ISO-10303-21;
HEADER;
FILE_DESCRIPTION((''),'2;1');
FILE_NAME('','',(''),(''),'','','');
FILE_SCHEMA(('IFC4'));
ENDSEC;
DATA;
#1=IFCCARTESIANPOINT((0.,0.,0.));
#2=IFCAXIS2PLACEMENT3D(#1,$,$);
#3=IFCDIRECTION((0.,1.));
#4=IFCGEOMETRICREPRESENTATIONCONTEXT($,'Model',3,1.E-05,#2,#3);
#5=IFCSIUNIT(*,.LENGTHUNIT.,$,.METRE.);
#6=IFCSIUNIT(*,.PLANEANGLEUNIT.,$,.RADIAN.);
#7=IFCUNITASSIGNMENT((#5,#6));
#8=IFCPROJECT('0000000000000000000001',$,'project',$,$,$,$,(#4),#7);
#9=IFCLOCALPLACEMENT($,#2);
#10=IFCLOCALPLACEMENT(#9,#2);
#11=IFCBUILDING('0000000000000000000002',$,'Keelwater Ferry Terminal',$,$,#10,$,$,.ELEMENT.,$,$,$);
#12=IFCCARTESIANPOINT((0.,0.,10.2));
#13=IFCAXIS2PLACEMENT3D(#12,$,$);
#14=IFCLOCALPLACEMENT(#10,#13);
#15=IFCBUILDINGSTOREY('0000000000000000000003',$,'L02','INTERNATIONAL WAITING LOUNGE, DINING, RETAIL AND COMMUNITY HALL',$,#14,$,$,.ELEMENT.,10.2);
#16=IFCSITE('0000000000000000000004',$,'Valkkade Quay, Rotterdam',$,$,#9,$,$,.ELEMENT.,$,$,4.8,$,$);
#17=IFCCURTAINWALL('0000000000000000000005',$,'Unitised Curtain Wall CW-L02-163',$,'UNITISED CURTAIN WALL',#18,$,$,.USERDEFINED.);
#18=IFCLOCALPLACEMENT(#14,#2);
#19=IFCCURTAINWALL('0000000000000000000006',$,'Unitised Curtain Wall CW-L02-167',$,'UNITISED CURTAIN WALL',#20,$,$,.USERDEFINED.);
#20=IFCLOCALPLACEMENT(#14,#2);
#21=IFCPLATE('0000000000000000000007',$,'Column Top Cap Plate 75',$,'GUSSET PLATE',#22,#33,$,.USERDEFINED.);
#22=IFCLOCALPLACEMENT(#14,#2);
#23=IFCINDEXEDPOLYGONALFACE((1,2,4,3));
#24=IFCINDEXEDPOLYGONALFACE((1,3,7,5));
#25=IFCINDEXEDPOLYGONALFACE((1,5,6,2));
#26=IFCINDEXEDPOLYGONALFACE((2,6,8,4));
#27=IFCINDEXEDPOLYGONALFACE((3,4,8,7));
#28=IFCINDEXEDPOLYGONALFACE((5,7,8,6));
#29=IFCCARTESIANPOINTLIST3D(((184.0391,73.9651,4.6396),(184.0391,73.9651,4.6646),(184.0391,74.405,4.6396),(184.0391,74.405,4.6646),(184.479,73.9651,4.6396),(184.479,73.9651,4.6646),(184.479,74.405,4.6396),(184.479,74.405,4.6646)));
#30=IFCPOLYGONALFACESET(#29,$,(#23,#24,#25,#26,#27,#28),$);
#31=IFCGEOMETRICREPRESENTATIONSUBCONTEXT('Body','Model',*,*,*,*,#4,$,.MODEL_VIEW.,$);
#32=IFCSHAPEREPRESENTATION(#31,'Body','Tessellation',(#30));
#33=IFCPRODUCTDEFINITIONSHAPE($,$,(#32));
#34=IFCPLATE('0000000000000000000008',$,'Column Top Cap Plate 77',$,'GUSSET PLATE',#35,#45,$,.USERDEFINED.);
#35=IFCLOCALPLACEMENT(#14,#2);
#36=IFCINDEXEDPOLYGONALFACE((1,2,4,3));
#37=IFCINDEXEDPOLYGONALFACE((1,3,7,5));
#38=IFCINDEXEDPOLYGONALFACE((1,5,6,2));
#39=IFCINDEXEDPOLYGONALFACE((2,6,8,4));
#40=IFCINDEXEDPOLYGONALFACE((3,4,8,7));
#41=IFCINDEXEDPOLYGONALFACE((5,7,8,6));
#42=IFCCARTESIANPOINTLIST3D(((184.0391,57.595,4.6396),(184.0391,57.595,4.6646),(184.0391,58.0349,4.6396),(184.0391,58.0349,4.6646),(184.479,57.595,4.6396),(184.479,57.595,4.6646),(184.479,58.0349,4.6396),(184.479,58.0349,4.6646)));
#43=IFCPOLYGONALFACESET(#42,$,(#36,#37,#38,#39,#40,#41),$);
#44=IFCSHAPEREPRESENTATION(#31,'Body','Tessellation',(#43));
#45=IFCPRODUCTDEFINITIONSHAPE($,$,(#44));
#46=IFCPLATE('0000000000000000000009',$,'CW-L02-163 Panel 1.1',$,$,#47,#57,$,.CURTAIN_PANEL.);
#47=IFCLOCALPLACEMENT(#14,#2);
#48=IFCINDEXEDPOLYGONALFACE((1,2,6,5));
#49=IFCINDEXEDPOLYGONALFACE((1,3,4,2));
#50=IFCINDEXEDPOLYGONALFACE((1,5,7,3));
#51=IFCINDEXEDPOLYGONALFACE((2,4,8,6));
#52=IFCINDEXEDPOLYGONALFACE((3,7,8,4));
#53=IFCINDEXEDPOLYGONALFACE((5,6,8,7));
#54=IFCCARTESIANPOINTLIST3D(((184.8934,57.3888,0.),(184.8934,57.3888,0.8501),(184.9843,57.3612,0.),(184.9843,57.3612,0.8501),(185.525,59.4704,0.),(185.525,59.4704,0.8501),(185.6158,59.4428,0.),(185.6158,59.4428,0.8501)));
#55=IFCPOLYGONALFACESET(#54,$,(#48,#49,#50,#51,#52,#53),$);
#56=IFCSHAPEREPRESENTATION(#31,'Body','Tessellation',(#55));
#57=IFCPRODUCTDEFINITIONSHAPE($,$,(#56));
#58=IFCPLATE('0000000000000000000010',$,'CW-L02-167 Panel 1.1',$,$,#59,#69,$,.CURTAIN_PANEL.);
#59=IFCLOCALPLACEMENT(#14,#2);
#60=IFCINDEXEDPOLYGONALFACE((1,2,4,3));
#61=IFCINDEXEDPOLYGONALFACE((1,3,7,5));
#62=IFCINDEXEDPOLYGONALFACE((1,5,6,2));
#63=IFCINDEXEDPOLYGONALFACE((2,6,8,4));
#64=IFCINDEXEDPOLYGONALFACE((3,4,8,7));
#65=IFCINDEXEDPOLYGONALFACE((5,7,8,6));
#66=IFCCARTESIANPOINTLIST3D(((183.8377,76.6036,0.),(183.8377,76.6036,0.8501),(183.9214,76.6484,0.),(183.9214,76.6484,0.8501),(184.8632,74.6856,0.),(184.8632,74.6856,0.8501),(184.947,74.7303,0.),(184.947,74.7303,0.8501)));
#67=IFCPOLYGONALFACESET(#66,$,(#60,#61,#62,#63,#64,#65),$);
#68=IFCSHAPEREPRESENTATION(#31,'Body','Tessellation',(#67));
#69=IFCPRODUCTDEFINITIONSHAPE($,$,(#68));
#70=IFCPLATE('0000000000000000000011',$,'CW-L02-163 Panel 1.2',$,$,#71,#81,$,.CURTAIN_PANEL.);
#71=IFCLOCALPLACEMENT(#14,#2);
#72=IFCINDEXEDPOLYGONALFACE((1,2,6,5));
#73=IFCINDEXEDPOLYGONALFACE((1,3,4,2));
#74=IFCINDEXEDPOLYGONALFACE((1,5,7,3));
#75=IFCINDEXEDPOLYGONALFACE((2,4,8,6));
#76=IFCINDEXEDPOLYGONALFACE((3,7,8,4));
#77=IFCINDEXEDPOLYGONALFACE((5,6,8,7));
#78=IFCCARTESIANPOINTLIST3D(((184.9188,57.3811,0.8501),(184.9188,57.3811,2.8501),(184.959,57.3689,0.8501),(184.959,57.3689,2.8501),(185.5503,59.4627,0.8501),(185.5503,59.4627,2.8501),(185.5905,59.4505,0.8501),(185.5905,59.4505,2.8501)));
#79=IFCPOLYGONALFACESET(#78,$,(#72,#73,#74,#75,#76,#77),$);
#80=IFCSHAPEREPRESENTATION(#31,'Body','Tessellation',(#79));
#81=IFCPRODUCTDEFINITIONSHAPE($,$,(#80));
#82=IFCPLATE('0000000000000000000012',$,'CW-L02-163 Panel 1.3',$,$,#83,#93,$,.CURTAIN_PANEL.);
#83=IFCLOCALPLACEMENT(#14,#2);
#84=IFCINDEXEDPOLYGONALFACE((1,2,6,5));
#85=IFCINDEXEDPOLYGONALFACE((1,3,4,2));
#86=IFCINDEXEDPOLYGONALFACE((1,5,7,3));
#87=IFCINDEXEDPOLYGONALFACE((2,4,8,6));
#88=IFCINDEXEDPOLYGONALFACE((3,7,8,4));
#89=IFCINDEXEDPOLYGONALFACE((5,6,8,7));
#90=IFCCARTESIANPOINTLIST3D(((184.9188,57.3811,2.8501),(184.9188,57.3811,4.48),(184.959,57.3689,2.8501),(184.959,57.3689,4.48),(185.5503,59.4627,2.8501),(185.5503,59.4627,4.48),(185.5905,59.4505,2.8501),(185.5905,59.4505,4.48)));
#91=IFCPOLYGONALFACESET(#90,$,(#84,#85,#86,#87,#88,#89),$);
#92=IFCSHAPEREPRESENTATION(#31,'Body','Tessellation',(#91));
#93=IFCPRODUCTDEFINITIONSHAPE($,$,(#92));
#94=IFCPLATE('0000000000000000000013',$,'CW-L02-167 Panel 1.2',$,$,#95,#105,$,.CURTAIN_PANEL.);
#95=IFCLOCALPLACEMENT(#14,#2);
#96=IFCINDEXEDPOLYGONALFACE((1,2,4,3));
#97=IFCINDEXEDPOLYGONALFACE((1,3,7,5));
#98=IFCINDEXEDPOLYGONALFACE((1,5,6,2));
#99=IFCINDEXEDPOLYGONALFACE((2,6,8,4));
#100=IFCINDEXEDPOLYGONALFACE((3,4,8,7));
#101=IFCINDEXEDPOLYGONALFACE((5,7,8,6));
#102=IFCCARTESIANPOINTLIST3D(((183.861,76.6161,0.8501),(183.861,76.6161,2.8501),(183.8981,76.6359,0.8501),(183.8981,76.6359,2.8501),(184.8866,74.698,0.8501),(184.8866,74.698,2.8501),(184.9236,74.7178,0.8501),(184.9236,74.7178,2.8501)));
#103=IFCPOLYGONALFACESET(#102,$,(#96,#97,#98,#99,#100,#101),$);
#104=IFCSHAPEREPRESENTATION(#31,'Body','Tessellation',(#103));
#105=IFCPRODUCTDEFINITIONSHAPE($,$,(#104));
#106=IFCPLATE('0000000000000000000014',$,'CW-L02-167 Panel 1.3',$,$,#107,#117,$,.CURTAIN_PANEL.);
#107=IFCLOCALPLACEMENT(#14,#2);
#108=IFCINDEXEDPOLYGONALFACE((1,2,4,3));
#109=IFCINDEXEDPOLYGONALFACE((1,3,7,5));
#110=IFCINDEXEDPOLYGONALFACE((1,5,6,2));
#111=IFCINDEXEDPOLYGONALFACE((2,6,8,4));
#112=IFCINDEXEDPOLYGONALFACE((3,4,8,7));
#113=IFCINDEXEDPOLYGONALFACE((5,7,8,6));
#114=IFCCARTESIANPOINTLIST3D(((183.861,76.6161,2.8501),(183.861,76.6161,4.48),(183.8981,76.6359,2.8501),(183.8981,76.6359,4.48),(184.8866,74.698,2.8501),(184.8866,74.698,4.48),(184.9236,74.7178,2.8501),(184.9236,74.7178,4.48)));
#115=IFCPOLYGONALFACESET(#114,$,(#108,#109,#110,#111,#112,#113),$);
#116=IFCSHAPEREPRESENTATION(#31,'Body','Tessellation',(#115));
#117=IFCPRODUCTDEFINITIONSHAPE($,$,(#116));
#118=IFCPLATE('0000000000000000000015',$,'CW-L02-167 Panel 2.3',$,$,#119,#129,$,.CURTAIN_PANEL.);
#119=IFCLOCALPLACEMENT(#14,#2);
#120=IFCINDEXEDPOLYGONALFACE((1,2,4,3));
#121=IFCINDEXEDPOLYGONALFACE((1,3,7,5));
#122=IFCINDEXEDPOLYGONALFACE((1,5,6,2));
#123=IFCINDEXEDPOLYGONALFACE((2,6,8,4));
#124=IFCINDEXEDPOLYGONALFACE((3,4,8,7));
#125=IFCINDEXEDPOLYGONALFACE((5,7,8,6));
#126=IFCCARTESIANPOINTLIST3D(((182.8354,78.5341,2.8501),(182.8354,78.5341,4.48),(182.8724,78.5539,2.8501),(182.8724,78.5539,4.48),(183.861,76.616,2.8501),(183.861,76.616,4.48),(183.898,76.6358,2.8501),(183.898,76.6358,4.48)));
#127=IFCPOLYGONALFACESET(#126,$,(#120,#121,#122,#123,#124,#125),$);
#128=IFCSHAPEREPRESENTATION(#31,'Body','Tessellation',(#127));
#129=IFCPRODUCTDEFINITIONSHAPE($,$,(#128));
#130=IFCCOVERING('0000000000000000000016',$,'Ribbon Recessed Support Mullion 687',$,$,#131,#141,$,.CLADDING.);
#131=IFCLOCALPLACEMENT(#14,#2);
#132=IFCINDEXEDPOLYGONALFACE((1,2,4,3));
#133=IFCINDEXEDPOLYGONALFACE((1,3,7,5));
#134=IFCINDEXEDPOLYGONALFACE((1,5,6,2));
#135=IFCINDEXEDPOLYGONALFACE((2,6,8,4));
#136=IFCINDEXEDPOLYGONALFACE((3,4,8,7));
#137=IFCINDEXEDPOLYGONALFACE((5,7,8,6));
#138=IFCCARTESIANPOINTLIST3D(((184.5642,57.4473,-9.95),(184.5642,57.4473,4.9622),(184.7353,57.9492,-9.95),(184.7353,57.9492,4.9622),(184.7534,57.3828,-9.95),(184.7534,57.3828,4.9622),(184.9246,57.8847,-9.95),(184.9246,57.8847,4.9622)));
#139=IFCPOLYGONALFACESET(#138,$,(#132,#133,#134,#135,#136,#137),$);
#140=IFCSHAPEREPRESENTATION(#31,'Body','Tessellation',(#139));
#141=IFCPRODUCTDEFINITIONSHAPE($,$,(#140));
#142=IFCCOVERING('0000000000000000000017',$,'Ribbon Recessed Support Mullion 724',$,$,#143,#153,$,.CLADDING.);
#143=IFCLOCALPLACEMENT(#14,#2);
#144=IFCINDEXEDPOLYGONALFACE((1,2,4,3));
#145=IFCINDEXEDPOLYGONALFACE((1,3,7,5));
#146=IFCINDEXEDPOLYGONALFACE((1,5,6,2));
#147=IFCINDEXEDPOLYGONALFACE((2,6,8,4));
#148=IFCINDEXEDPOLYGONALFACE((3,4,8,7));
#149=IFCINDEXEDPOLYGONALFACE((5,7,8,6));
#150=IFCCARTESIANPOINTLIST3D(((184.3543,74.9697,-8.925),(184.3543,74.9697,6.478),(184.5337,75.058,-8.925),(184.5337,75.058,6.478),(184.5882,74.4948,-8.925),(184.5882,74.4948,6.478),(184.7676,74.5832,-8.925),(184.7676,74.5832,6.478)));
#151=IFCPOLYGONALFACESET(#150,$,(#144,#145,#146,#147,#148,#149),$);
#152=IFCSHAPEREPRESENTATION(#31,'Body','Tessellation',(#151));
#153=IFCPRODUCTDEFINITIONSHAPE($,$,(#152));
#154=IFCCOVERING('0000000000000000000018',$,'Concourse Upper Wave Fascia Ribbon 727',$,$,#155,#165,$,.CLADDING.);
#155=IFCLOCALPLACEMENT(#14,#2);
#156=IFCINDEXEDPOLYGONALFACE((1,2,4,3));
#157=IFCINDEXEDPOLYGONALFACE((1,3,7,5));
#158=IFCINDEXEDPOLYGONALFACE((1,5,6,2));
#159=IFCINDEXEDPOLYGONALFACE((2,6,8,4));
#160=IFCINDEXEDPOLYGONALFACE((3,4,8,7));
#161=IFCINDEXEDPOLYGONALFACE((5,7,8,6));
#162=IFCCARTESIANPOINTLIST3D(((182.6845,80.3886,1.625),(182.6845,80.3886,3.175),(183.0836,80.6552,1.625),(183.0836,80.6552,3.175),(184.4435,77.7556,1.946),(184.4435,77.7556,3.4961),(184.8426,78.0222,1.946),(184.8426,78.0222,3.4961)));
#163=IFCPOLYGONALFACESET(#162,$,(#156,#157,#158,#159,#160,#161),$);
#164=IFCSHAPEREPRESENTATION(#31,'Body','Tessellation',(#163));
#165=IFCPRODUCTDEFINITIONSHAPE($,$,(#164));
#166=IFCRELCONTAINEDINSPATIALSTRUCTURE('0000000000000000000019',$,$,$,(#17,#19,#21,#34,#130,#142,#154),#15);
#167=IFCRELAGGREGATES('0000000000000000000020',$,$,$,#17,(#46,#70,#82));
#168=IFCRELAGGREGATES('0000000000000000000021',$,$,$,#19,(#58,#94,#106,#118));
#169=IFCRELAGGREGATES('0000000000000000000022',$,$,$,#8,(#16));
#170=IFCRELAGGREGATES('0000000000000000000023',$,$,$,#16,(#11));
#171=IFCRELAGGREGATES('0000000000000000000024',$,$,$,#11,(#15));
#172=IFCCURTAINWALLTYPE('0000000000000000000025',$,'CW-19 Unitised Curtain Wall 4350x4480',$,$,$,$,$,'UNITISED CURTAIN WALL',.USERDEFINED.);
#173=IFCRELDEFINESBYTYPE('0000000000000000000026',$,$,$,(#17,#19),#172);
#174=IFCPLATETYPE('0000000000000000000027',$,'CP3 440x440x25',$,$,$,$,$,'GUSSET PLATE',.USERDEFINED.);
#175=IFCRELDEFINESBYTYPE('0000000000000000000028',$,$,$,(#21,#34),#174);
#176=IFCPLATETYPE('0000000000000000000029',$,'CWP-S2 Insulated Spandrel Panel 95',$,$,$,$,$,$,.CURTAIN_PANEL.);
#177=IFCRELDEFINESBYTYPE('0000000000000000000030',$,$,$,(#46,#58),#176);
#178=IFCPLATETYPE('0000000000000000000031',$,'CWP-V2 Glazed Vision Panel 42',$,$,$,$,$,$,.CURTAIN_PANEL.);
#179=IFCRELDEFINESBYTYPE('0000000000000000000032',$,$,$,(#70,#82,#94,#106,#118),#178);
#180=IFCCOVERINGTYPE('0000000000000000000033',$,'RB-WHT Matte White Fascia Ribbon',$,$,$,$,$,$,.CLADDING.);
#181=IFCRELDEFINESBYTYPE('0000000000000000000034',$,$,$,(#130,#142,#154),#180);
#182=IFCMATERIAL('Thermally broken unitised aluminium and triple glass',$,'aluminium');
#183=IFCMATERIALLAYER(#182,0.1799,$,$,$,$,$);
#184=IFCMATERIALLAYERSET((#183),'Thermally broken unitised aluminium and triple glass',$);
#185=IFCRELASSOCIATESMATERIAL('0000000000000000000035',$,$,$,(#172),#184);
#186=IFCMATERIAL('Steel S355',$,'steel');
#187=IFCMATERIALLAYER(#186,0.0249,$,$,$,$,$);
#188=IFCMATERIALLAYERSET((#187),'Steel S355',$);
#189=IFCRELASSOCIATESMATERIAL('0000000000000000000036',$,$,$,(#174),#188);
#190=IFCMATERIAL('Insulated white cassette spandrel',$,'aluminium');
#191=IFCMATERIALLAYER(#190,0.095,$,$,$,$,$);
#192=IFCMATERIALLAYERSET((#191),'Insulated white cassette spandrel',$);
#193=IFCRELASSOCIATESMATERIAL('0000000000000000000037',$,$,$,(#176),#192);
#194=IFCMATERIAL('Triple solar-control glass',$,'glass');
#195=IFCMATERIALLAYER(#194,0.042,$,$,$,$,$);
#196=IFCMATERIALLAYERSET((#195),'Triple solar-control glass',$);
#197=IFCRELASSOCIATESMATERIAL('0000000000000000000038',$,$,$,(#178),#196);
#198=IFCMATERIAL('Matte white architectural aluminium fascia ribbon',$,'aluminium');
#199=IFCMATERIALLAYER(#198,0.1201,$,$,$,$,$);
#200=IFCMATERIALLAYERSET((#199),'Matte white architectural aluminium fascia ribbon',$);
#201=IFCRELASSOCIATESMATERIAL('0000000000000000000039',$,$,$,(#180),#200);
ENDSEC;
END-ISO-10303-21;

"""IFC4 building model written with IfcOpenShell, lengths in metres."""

from ifc_helpers import new_model, si_unit, direction, frame, origin, origin_2d, place, context, subcontext, project, spatial, polyline, rectangle, outline, extrude, material, layer, layer_set, type_object, element, aggregate, save


model = new_model("IFC4")

# Units and contexts
model_context = context("Model", 3, precision=1e-05, world=origin(), true_north=direction((0.0, 1.0)))
body_context = subcontext(model_context, "Body", "Model", "MODEL_VIEW")
ifc_project = project(units=[si_unit("LENGTHUNIT", "METRE"), si_unit("PLANEANGLEUNIT", "RADIAN")], contexts=[model_context])

# Site, building, storey
site_placement = place(None, origin())
site = spatial("IfcSite", under=ifc_project, at=site_placement, Name="Valkkade Quay, Rotterdam", CompositionType="ELEMENT", RefElevation=4.8)
building_placement = place(site_placement, origin())
building = spatial("IfcBuilding", under=site, at=building_placement, Name="Keelwater Ferry Terminal", CompositionType="ELEMENT")
storey_placement = place(building_placement, frame((0.0, 0.0, 10.2)))
storey = spatial("IfcBuildingStorey", under=building, at=storey_placement, Name="L02", Description="INTERNATIONAL WAITING LOUNGE, DINING, RETAIL AND COMMUNITY HALL", CompositionType="ELEMENT", Elevation=10.2)

# Curtain wall
ifc_material_1 = material(Name="Thermally broken unitised aluminium and triple glass", Category="aluminium")
ifc_layer_1 = layer(ifc_material_1, 0.1799)
ifc_layer_set_1 = layer_set([ifc_layer_1], Name="Thermally broken unitised aluminium and triple glass")
curtain_wall_type = type_object("IfcCurtainWallType", Name="CW-19 Unitised Curtain Wall 4350x4480", ElementType="UNITISED CURTAIN WALL", PredefinedType="USERDEFINED", material=ifc_layer_set_1)
curtain_wall_1_placement = place(storey_placement, origin())
curtain_wall_1 = element("IfcCurtainWall", 1, at=curtain_wall_1_placement, inside=storey, type_object=curtain_wall_type, Name="Unitised Curtain Wall CW-L02-163", ObjectType="UNITISED CURTAIN WALL", PredefinedType="USERDEFINED")

# Curtain wall
curtain_wall_2_placement = place(storey_placement, origin())
curtain_wall_2 = element("IfcCurtainWall", 2, at=curtain_wall_2_placement, inside=storey, type_object=curtain_wall_type, Name="Unitised Curtain Wall CW-L02-167", ObjectType="UNITISED CURTAIN WALL", PredefinedType="USERDEFINED")

# Plates
ifc_material_2 = material(Name="Steel S355", Category="steel")
ifc_layer_2 = layer(ifc_material_2, 0.0249)
ifc_layer_set_2 = layer_set([ifc_layer_2], Name="Steel S355")
plate_type_1 = type_object("IfcPlateType", Name="CP3 440x440x25", ElementType="GUSSET PLATE", PredefinedType="USERDEFINED", material=ifc_layer_set_2)
for number, where, z_axis, x_axis, name in (
    (3, (184.259, 74.1851, 4.6396), (0.0, 0.0, 1.0), (1.0, 0.0, 0.0), "Column Top Cap Plate 75"),
    (4, (184.259, 57.8149, 4.6396), (0.0, 0.0, 1.0), (1.0, 0.0, 0.0), "Column Top Cap Plate 77"),
):
    element("IfcPlate", number, at=place(storey_placement, frame(where, z_axis=z_axis, x_axis=x_axis)), inside=storey, type_object=plate_type_1, Name=name, ObjectType="GUSSET PLATE", PredefinedType="USERDEFINED", context=body_context, shape_type="SweptSolid", body=[
        extrude(rectangle(XDim=0.4399, YDim=0.4399, at=origin_2d()), origin(), (0.0, 0.0, 1.0), 0.0249),
    ])

# Plates
ifc_material_3 = material(Name="Insulated white cassette spandrel", Category="aluminium")
ifc_layer_3 = layer(ifc_material_3, 0.095)
ifc_layer_set_3 = layer_set([ifc_layer_3], Name="Insulated white cassette spandrel")
plate_type_2 = type_object("IfcPlateType", Name="CWP-S2 Insulated Spandrel Panel 95", PredefinedType="CURTAIN_PANEL", material=ifc_layer_set_3)
plate_1_placement = place(storey_placement, frame((185.2546, 58.4158, 0.0), z_axis=(0.0, 0.0, 1.0), x_axis=(0.29032, 0.95693, 0.0)))
plate_1 = element("IfcPlate", 5, at=plate_1_placement, type_object=plate_type_2, Name="CW-L02-163 Panel 1.1", PredefinedType="CURTAIN_PANEL", context=body_context, shape_type="SweptSolid", body=[
    extrude(rectangle(XDim=2.1753, YDim=0.095, at=origin_2d()), origin(), (0.0, 0.0, 1.0), 0.8501),
])
plate_2_placement = place(storey_placement, frame((184.3923, 75.667, 0.0), z_axis=(0.0, 0.0, 1.0), x_axis=(-0.471507, 0.881862, 0.0)))
plate_2 = element("IfcPlate", 6, at=plate_2_placement, type_object=plate_type_2, Name="CW-L02-167 Panel 1.1", PredefinedType="CURTAIN_PANEL", context=body_context, shape_type="SweptSolid", body=[
    extrude(rectangle(XDim=2.175, YDim=0.095, at=origin_2d()), origin(), (0.0, 0.0, 1.0), 0.8501),
])
ifc_material_4 = material(Name="Triple solar-control glass", Category="glass")
ifc_layer_4 = layer(ifc_material_4, 0.042)
ifc_layer_set_4 = layer_set([ifc_layer_4], Name="Triple solar-control glass")
plate_type_3 = type_object("IfcPlateType", Name="CWP-V2 Glazed Vision Panel 42", PredefinedType="CURTAIN_PANEL", material=ifc_layer_set_4)
plate_3_placement = place(storey_placement, frame((185.2546, 58.4158, 0.8501), z_axis=(0.0, 0.0, 1.0), x_axis=(0.29032, 0.95693, 0.0)))
plate_3 = element("IfcPlate", 7, at=plate_3_placement, type_object=plate_type_3, Name="CW-L02-163 Panel 1.2", PredefinedType="CURTAIN_PANEL", context=body_context, shape_type="SweptSolid", body=[
    extrude(rectangle(XDim=2.1753, YDim=0.042, at=origin_2d()), origin(), (0.0, 0.0, 1.0), 2.0),
])
plate_4_placement = place(storey_placement, frame((185.2546, 58.4158, 2.8501), z_axis=(0.0, 0.0, 1.0), x_axis=(0.29032, 0.95693, 0.0)))
plate_4 = element("IfcPlate", 8, at=plate_4_placement, type_object=plate_type_3, Name="CW-L02-163 Panel 1.3", PredefinedType="CURTAIN_PANEL", context=body_context, shape_type="SweptSolid", body=[
    extrude(rectangle(XDim=2.1753, YDim=0.042, at=origin_2d()), origin(), (0.0, 0.0, 1.0), 1.6299),
])
aggregate(curtain_wall_1, [plate_1, plate_3, plate_4])
plate_5_placement = place(storey_placement, frame((184.3923, 75.667, 0.8501), z_axis=(0.0, 0.0, 1.0), x_axis=(-0.471507, 0.881862, 0.0)))
plate_5 = element("IfcPlate", 9, at=plate_5_placement, type_object=plate_type_3, Name="CW-L02-167 Panel 1.2", PredefinedType="CURTAIN_PANEL", context=body_context, shape_type="SweptSolid", body=[
    extrude(rectangle(XDim=2.175, YDim=0.042, at=origin_2d()), origin(), (0.0, 0.0, 1.0), 2.0),
])
plate_6_placement = place(storey_placement, frame((184.3923, 75.667, 2.8501), z_axis=(0.0, 0.0, 1.0), x_axis=(-0.471507, 0.881862, 0.0)))
plate_6 = element("IfcPlate", 10, at=plate_6_placement, type_object=plate_type_3, Name="CW-L02-167 Panel 1.3", PredefinedType="CURTAIN_PANEL", context=body_context, shape_type="SweptSolid", body=[
    extrude(rectangle(XDim=2.175, YDim=0.042, at=origin_2d()), origin(), (0.0, 0.0, 1.0), 1.6299),
])
plate_7_placement = place(storey_placement, frame((183.3667, 77.585, 2.8501), z_axis=(0.0, 0.0, 1.0), x_axis=(-0.471507, 0.881862, 0.0)))
plate_7 = element("IfcPlate", 11, at=plate_7_placement, type_object=plate_type_3, Name="CW-L02-167 Panel 2.3", PredefinedType="CURTAIN_PANEL", context=body_context, shape_type="SweptSolid", body=[
    extrude(rectangle(XDim=2.175, YDim=0.042, at=origin_2d()), origin(), (0.0, 0.0, 1.0), 1.6299),
])
aggregate(curtain_wall_2, [plate_2, plate_5, plate_6, plate_7])

# Coverings
ifc_material_5 = material(Name="Matte white architectural aluminium fascia ribbon", Category="aluminium")
ifc_layer_5 = layer(ifc_material_5, 0.1201)
ifc_layer_set_5 = layer_set([ifc_layer_5], Name="Matte white architectural aluminium fascia ribbon")
covering_type = type_object("IfcCoveringType", Name="RB-WHT Matte White Fascia Ribbon", PredefinedType="CLADDING", material=ifc_layer_set_5)
covering_1_placement = place(storey_placement, frame((184.6589, 57.415, -9.95), z_axis=(0.0, 0.0, 1.0), x_axis=(0.322711, 0.946497, 0.0)))
element("IfcCovering", 12, at=covering_1_placement, inside=storey, type_object=covering_type, Name="Ribbon Recessed Support Mullion 687", PredefinedType="CLADDING", context=body_context, shape_type="SweptSolid", body=[
    extrude(outline(polyline([(0.0, 0.0), (0.5303, 0.0), (0.5303, 14.9121), (0.0, 14.9121), (0.0, 0.0)])), frame((0.0, 0.1001, 0.0), z_axis=(0.0, -1.0, 0.0), x_axis=(1.0, 0.0, 0.0)), (0.0, 0.0, 1.0), 0.2),
])
covering_2_placement = place(storey_placement, frame((184.678, 74.5391, -8.925), z_axis=(0.0, 0.0, 1.0), x_axis=(-0.441855, 0.897086, 0.0)))
element("IfcCovering", 13, at=covering_2_placement, inside=storey, type_object=covering_type, Name="Ribbon Recessed Support Mullion 724", PredefinedType="CLADDING", context=body_context, shape_type="SweptSolid", body=[
    extrude(outline(polyline([(0.0, 0.0), (0.5293, 0.0), (0.5293, 15.4031), (0.0, 15.4031), (0.0, 0.0)])), frame((0.0, 0.1001, 0.0), z_axis=(0.0, -1.0, 0.0), x_axis=(1.0, 0.0, 0.0)), (0.0, 0.0, 1.0), 0.2),
])
covering_3_placement = place(storey_placement, frame((184.6431, 77.8889, 1.625), z_axis=(0.0, 0.0, 1.0), x_axis=(-0.555501, 0.831516, 0.0)))
element("IfcCovering", 14, at=covering_3_placement, inside=storey, type_object=covering_type, Name="Concourse Upper Wave Fascia Ribbon 727", PredefinedType="CLADDING", context=body_context, shape_type="SweptSolid", body=[
    extrude(outline(polyline([(0.0, 0.321), (3.1665, 0.0), (3.1665, 1.55), (0.0, 1.8711), (0.0, 0.321)])), frame((0.0, 0.24, 0.0), z_axis=(0.0, -1.0, 0.0), x_axis=(1.0, 0.0, 0.0)), (0.0, 0.0, 1.0), 0.48),
])

save(model, "model.ifc")
